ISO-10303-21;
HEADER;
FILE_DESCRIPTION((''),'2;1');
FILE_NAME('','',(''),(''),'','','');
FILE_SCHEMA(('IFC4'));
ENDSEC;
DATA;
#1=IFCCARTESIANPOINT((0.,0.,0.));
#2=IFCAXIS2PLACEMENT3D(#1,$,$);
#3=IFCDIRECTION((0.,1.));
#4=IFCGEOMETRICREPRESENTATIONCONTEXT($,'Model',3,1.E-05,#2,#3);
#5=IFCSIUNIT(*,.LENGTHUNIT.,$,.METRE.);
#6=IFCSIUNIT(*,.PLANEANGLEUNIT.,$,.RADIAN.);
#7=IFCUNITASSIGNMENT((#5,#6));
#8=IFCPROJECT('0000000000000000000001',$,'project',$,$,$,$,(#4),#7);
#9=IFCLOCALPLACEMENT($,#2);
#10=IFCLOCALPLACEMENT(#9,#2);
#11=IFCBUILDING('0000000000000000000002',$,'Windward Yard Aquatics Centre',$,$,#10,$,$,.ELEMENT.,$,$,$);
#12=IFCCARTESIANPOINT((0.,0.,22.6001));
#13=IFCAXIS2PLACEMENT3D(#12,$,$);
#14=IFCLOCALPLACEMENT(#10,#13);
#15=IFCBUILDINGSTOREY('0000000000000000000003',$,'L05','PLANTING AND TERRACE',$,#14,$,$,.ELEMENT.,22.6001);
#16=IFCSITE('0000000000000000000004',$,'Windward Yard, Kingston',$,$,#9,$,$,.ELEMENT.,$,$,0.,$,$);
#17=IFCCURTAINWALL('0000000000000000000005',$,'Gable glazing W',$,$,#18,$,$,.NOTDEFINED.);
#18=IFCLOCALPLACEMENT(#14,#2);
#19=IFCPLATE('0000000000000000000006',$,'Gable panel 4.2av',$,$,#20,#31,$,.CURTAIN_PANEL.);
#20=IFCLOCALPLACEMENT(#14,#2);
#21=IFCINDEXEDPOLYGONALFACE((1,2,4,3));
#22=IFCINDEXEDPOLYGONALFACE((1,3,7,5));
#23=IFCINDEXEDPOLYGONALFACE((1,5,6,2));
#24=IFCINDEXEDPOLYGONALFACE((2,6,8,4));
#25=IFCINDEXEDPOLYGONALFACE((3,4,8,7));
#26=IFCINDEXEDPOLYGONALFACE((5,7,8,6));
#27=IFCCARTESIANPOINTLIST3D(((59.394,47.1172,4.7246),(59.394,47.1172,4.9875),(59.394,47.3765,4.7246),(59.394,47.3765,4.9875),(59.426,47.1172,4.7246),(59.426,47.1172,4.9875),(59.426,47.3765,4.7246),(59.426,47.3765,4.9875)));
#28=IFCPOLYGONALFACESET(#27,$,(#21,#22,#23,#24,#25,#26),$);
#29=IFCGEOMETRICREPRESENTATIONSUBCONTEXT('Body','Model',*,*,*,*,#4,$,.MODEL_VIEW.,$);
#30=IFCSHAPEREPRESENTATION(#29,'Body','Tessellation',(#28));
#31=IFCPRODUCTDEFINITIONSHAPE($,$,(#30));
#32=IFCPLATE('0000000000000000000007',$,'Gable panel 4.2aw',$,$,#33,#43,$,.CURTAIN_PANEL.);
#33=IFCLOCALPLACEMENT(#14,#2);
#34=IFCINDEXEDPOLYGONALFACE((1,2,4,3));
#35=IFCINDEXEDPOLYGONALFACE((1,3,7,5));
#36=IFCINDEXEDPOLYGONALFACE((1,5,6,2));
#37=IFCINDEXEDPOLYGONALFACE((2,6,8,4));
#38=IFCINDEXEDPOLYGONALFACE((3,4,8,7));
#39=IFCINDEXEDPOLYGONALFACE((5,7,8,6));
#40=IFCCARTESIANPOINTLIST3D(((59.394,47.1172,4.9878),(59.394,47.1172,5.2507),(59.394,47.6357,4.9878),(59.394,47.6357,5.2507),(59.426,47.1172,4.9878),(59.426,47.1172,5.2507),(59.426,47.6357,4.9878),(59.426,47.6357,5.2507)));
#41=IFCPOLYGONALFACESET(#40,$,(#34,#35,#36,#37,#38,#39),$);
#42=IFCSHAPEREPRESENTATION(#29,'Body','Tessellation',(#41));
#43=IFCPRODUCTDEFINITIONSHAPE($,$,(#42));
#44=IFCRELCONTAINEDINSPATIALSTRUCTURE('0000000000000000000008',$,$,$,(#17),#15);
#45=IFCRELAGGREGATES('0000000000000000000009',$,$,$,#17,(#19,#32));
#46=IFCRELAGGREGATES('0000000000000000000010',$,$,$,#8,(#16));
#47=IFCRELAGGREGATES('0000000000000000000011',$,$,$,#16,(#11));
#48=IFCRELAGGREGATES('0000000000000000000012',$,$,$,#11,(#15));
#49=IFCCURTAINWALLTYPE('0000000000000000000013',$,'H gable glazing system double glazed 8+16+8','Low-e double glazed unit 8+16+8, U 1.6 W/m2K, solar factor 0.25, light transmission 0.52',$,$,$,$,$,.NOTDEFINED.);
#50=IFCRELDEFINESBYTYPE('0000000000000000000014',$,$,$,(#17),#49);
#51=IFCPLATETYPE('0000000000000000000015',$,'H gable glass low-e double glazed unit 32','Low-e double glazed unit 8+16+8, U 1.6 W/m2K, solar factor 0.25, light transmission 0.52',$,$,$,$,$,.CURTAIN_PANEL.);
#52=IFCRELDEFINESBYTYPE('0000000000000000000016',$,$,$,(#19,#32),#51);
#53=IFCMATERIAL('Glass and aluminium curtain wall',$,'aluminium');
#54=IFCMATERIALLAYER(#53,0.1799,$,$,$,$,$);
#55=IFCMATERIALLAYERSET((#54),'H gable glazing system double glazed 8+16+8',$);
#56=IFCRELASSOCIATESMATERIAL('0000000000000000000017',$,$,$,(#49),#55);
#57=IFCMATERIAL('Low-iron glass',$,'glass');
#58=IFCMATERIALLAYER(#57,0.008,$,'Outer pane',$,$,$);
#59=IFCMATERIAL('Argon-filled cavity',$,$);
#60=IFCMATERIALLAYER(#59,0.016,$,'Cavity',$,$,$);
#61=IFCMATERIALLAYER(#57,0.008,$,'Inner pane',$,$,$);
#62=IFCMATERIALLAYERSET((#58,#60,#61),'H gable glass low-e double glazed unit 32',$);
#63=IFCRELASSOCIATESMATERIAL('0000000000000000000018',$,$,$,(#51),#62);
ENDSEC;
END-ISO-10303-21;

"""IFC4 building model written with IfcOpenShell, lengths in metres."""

from ifc_helpers import new_model, si_unit, direction, frame, origin, place, context, subcontext, project, spatial, polyline, outline, extrude, material, layer, layer_set, type_object, element, aggregate, save


model = new_model("IFC4")

# Units and contexts
model_context = context("Model", 3, precision=1e-05, world=origin(), true_north=direction((0.0, 1.0)))
body_context = subcontext(model_context, "Body", "Model", "MODEL_VIEW")
ifc_project = project(units=[si_unit("LENGTHUNIT", "METRE"), si_unit("PLANEANGLEUNIT", "RADIAN")], contexts=[model_context])

# Site, building, storey
site_placement = place(None, origin())
site = spatial("IfcSite", under=ifc_project, at=site_placement, Name="Windward Yard, Kingston", CompositionType="ELEMENT", RefElevation=0.0)
building_placement = place(site_placement, origin())
building = spatial("IfcBuilding", under=site, at=building_placement, Name="Windward Yard Aquatics Centre", CompositionType="ELEMENT")
storey_placement = place(building_placement, frame((0.0, 0.0, 22.6001)))
storey = spatial("IfcBuildingStorey", under=building, at=storey_placement, Name="L05", Description="PLANTING AND TERRACE", CompositionType="ELEMENT", Elevation=22.6001)

# Curtain wall, plates
ifc_material_1 = material(Name="Glass and aluminium curtain wall", Category="aluminium")
ifc_layer_1 = layer(ifc_material_1, 0.1799)
ifc_layer_set_1 = layer_set([ifc_layer_1], Name="H gable glazing system double glazed 8+16+8")
curtain_wall_type = type_object("IfcCurtainWallType", Name="H gable glazing system double glazed 8+16+8", Description="Low-e double glazed unit 8+16+8, U 1.6 W/m2K, solar factor 0.25, light transmission 0.52", PredefinedType="NOTDEFINED", material=ifc_layer_set_1)
curtain_wall_placement = place(storey_placement, origin())
curtain_wall = element("IfcCurtainWall", 1, at=curtain_wall_placement, inside=storey, type_object=curtain_wall_type, Name="Gable glazing W", PredefinedType="NOTDEFINED")
ifc_material_2 = material(Name="Low-iron glass", Category="glass")
ifc_layer_2 = layer(ifc_material_2, 0.008, Name="Outer pane")
ifc_material_3 = material(Name="Argon-filled cavity")
ifc_layer_3 = layer(ifc_material_3, 0.016, Name="Cavity")
ifc_layer_4 = layer(ifc_material_2, 0.008, Name="Inner pane")
ifc_layer_set_2 = layer_set([ifc_layer_2, ifc_layer_3, ifc_layer_4], Name="H gable glass low-e double glazed unit 32")
plate_type = type_object("IfcPlateType", Name="H gable glass low-e double glazed unit 32", Description="Low-e double glazed unit 8+16+8, U 1.6 W/m2K, solar factor 0.25, light transmission 0.52", PredefinedType="CURTAIN_PANEL", material=ifc_layer_set_2)
plate_1_placement = place(storey_placement, frame((59.426, 47.1172, 4.7246), z_axis=(1.0, 0.0, 0.0), x_axis=(0.0, 1.0, 0.0)))
plate_1 = element("IfcPlate", 2, at=plate_1_placement, type_object=plate_type, Name="Gable panel 4.2av", PredefinedType="CURTAIN_PANEL", context=body_context, shape_type="SweptSolid", body=[
    extrude(outline(polyline([(0.0, 0.0), (0.2593, 0.0), (0.2593, 0.2629), (0.0, 0.2629), (0.0, 0.0)])), origin(), (0.0, 0.0, -1.0), 0.032),
])
plate_2_placement = place(storey_placement, frame((59.426, 47.1172, 4.9878), z_axis=(1.0, 0.0, 0.0), x_axis=(0.0, 1.0, 0.0)))
plate_2 = element("IfcPlate", 3, at=plate_2_placement, type_object=plate_type, Name="Gable panel 4.2aw", PredefinedType="CURTAIN_PANEL", context=body_context, shape_type="SweptSolid", body=[
    extrude(outline(polyline([(0.0, 0.0), (0.5186, 0.0), (0.5186, 0.2629), (0.0, 0.2629), (0.0, 0.0)])), origin(), (0.0, 0.0, -1.0), 0.032),
])
aggregate(curtain_wall, [plate_1, plate_2])

save(model, "model.ifc")
